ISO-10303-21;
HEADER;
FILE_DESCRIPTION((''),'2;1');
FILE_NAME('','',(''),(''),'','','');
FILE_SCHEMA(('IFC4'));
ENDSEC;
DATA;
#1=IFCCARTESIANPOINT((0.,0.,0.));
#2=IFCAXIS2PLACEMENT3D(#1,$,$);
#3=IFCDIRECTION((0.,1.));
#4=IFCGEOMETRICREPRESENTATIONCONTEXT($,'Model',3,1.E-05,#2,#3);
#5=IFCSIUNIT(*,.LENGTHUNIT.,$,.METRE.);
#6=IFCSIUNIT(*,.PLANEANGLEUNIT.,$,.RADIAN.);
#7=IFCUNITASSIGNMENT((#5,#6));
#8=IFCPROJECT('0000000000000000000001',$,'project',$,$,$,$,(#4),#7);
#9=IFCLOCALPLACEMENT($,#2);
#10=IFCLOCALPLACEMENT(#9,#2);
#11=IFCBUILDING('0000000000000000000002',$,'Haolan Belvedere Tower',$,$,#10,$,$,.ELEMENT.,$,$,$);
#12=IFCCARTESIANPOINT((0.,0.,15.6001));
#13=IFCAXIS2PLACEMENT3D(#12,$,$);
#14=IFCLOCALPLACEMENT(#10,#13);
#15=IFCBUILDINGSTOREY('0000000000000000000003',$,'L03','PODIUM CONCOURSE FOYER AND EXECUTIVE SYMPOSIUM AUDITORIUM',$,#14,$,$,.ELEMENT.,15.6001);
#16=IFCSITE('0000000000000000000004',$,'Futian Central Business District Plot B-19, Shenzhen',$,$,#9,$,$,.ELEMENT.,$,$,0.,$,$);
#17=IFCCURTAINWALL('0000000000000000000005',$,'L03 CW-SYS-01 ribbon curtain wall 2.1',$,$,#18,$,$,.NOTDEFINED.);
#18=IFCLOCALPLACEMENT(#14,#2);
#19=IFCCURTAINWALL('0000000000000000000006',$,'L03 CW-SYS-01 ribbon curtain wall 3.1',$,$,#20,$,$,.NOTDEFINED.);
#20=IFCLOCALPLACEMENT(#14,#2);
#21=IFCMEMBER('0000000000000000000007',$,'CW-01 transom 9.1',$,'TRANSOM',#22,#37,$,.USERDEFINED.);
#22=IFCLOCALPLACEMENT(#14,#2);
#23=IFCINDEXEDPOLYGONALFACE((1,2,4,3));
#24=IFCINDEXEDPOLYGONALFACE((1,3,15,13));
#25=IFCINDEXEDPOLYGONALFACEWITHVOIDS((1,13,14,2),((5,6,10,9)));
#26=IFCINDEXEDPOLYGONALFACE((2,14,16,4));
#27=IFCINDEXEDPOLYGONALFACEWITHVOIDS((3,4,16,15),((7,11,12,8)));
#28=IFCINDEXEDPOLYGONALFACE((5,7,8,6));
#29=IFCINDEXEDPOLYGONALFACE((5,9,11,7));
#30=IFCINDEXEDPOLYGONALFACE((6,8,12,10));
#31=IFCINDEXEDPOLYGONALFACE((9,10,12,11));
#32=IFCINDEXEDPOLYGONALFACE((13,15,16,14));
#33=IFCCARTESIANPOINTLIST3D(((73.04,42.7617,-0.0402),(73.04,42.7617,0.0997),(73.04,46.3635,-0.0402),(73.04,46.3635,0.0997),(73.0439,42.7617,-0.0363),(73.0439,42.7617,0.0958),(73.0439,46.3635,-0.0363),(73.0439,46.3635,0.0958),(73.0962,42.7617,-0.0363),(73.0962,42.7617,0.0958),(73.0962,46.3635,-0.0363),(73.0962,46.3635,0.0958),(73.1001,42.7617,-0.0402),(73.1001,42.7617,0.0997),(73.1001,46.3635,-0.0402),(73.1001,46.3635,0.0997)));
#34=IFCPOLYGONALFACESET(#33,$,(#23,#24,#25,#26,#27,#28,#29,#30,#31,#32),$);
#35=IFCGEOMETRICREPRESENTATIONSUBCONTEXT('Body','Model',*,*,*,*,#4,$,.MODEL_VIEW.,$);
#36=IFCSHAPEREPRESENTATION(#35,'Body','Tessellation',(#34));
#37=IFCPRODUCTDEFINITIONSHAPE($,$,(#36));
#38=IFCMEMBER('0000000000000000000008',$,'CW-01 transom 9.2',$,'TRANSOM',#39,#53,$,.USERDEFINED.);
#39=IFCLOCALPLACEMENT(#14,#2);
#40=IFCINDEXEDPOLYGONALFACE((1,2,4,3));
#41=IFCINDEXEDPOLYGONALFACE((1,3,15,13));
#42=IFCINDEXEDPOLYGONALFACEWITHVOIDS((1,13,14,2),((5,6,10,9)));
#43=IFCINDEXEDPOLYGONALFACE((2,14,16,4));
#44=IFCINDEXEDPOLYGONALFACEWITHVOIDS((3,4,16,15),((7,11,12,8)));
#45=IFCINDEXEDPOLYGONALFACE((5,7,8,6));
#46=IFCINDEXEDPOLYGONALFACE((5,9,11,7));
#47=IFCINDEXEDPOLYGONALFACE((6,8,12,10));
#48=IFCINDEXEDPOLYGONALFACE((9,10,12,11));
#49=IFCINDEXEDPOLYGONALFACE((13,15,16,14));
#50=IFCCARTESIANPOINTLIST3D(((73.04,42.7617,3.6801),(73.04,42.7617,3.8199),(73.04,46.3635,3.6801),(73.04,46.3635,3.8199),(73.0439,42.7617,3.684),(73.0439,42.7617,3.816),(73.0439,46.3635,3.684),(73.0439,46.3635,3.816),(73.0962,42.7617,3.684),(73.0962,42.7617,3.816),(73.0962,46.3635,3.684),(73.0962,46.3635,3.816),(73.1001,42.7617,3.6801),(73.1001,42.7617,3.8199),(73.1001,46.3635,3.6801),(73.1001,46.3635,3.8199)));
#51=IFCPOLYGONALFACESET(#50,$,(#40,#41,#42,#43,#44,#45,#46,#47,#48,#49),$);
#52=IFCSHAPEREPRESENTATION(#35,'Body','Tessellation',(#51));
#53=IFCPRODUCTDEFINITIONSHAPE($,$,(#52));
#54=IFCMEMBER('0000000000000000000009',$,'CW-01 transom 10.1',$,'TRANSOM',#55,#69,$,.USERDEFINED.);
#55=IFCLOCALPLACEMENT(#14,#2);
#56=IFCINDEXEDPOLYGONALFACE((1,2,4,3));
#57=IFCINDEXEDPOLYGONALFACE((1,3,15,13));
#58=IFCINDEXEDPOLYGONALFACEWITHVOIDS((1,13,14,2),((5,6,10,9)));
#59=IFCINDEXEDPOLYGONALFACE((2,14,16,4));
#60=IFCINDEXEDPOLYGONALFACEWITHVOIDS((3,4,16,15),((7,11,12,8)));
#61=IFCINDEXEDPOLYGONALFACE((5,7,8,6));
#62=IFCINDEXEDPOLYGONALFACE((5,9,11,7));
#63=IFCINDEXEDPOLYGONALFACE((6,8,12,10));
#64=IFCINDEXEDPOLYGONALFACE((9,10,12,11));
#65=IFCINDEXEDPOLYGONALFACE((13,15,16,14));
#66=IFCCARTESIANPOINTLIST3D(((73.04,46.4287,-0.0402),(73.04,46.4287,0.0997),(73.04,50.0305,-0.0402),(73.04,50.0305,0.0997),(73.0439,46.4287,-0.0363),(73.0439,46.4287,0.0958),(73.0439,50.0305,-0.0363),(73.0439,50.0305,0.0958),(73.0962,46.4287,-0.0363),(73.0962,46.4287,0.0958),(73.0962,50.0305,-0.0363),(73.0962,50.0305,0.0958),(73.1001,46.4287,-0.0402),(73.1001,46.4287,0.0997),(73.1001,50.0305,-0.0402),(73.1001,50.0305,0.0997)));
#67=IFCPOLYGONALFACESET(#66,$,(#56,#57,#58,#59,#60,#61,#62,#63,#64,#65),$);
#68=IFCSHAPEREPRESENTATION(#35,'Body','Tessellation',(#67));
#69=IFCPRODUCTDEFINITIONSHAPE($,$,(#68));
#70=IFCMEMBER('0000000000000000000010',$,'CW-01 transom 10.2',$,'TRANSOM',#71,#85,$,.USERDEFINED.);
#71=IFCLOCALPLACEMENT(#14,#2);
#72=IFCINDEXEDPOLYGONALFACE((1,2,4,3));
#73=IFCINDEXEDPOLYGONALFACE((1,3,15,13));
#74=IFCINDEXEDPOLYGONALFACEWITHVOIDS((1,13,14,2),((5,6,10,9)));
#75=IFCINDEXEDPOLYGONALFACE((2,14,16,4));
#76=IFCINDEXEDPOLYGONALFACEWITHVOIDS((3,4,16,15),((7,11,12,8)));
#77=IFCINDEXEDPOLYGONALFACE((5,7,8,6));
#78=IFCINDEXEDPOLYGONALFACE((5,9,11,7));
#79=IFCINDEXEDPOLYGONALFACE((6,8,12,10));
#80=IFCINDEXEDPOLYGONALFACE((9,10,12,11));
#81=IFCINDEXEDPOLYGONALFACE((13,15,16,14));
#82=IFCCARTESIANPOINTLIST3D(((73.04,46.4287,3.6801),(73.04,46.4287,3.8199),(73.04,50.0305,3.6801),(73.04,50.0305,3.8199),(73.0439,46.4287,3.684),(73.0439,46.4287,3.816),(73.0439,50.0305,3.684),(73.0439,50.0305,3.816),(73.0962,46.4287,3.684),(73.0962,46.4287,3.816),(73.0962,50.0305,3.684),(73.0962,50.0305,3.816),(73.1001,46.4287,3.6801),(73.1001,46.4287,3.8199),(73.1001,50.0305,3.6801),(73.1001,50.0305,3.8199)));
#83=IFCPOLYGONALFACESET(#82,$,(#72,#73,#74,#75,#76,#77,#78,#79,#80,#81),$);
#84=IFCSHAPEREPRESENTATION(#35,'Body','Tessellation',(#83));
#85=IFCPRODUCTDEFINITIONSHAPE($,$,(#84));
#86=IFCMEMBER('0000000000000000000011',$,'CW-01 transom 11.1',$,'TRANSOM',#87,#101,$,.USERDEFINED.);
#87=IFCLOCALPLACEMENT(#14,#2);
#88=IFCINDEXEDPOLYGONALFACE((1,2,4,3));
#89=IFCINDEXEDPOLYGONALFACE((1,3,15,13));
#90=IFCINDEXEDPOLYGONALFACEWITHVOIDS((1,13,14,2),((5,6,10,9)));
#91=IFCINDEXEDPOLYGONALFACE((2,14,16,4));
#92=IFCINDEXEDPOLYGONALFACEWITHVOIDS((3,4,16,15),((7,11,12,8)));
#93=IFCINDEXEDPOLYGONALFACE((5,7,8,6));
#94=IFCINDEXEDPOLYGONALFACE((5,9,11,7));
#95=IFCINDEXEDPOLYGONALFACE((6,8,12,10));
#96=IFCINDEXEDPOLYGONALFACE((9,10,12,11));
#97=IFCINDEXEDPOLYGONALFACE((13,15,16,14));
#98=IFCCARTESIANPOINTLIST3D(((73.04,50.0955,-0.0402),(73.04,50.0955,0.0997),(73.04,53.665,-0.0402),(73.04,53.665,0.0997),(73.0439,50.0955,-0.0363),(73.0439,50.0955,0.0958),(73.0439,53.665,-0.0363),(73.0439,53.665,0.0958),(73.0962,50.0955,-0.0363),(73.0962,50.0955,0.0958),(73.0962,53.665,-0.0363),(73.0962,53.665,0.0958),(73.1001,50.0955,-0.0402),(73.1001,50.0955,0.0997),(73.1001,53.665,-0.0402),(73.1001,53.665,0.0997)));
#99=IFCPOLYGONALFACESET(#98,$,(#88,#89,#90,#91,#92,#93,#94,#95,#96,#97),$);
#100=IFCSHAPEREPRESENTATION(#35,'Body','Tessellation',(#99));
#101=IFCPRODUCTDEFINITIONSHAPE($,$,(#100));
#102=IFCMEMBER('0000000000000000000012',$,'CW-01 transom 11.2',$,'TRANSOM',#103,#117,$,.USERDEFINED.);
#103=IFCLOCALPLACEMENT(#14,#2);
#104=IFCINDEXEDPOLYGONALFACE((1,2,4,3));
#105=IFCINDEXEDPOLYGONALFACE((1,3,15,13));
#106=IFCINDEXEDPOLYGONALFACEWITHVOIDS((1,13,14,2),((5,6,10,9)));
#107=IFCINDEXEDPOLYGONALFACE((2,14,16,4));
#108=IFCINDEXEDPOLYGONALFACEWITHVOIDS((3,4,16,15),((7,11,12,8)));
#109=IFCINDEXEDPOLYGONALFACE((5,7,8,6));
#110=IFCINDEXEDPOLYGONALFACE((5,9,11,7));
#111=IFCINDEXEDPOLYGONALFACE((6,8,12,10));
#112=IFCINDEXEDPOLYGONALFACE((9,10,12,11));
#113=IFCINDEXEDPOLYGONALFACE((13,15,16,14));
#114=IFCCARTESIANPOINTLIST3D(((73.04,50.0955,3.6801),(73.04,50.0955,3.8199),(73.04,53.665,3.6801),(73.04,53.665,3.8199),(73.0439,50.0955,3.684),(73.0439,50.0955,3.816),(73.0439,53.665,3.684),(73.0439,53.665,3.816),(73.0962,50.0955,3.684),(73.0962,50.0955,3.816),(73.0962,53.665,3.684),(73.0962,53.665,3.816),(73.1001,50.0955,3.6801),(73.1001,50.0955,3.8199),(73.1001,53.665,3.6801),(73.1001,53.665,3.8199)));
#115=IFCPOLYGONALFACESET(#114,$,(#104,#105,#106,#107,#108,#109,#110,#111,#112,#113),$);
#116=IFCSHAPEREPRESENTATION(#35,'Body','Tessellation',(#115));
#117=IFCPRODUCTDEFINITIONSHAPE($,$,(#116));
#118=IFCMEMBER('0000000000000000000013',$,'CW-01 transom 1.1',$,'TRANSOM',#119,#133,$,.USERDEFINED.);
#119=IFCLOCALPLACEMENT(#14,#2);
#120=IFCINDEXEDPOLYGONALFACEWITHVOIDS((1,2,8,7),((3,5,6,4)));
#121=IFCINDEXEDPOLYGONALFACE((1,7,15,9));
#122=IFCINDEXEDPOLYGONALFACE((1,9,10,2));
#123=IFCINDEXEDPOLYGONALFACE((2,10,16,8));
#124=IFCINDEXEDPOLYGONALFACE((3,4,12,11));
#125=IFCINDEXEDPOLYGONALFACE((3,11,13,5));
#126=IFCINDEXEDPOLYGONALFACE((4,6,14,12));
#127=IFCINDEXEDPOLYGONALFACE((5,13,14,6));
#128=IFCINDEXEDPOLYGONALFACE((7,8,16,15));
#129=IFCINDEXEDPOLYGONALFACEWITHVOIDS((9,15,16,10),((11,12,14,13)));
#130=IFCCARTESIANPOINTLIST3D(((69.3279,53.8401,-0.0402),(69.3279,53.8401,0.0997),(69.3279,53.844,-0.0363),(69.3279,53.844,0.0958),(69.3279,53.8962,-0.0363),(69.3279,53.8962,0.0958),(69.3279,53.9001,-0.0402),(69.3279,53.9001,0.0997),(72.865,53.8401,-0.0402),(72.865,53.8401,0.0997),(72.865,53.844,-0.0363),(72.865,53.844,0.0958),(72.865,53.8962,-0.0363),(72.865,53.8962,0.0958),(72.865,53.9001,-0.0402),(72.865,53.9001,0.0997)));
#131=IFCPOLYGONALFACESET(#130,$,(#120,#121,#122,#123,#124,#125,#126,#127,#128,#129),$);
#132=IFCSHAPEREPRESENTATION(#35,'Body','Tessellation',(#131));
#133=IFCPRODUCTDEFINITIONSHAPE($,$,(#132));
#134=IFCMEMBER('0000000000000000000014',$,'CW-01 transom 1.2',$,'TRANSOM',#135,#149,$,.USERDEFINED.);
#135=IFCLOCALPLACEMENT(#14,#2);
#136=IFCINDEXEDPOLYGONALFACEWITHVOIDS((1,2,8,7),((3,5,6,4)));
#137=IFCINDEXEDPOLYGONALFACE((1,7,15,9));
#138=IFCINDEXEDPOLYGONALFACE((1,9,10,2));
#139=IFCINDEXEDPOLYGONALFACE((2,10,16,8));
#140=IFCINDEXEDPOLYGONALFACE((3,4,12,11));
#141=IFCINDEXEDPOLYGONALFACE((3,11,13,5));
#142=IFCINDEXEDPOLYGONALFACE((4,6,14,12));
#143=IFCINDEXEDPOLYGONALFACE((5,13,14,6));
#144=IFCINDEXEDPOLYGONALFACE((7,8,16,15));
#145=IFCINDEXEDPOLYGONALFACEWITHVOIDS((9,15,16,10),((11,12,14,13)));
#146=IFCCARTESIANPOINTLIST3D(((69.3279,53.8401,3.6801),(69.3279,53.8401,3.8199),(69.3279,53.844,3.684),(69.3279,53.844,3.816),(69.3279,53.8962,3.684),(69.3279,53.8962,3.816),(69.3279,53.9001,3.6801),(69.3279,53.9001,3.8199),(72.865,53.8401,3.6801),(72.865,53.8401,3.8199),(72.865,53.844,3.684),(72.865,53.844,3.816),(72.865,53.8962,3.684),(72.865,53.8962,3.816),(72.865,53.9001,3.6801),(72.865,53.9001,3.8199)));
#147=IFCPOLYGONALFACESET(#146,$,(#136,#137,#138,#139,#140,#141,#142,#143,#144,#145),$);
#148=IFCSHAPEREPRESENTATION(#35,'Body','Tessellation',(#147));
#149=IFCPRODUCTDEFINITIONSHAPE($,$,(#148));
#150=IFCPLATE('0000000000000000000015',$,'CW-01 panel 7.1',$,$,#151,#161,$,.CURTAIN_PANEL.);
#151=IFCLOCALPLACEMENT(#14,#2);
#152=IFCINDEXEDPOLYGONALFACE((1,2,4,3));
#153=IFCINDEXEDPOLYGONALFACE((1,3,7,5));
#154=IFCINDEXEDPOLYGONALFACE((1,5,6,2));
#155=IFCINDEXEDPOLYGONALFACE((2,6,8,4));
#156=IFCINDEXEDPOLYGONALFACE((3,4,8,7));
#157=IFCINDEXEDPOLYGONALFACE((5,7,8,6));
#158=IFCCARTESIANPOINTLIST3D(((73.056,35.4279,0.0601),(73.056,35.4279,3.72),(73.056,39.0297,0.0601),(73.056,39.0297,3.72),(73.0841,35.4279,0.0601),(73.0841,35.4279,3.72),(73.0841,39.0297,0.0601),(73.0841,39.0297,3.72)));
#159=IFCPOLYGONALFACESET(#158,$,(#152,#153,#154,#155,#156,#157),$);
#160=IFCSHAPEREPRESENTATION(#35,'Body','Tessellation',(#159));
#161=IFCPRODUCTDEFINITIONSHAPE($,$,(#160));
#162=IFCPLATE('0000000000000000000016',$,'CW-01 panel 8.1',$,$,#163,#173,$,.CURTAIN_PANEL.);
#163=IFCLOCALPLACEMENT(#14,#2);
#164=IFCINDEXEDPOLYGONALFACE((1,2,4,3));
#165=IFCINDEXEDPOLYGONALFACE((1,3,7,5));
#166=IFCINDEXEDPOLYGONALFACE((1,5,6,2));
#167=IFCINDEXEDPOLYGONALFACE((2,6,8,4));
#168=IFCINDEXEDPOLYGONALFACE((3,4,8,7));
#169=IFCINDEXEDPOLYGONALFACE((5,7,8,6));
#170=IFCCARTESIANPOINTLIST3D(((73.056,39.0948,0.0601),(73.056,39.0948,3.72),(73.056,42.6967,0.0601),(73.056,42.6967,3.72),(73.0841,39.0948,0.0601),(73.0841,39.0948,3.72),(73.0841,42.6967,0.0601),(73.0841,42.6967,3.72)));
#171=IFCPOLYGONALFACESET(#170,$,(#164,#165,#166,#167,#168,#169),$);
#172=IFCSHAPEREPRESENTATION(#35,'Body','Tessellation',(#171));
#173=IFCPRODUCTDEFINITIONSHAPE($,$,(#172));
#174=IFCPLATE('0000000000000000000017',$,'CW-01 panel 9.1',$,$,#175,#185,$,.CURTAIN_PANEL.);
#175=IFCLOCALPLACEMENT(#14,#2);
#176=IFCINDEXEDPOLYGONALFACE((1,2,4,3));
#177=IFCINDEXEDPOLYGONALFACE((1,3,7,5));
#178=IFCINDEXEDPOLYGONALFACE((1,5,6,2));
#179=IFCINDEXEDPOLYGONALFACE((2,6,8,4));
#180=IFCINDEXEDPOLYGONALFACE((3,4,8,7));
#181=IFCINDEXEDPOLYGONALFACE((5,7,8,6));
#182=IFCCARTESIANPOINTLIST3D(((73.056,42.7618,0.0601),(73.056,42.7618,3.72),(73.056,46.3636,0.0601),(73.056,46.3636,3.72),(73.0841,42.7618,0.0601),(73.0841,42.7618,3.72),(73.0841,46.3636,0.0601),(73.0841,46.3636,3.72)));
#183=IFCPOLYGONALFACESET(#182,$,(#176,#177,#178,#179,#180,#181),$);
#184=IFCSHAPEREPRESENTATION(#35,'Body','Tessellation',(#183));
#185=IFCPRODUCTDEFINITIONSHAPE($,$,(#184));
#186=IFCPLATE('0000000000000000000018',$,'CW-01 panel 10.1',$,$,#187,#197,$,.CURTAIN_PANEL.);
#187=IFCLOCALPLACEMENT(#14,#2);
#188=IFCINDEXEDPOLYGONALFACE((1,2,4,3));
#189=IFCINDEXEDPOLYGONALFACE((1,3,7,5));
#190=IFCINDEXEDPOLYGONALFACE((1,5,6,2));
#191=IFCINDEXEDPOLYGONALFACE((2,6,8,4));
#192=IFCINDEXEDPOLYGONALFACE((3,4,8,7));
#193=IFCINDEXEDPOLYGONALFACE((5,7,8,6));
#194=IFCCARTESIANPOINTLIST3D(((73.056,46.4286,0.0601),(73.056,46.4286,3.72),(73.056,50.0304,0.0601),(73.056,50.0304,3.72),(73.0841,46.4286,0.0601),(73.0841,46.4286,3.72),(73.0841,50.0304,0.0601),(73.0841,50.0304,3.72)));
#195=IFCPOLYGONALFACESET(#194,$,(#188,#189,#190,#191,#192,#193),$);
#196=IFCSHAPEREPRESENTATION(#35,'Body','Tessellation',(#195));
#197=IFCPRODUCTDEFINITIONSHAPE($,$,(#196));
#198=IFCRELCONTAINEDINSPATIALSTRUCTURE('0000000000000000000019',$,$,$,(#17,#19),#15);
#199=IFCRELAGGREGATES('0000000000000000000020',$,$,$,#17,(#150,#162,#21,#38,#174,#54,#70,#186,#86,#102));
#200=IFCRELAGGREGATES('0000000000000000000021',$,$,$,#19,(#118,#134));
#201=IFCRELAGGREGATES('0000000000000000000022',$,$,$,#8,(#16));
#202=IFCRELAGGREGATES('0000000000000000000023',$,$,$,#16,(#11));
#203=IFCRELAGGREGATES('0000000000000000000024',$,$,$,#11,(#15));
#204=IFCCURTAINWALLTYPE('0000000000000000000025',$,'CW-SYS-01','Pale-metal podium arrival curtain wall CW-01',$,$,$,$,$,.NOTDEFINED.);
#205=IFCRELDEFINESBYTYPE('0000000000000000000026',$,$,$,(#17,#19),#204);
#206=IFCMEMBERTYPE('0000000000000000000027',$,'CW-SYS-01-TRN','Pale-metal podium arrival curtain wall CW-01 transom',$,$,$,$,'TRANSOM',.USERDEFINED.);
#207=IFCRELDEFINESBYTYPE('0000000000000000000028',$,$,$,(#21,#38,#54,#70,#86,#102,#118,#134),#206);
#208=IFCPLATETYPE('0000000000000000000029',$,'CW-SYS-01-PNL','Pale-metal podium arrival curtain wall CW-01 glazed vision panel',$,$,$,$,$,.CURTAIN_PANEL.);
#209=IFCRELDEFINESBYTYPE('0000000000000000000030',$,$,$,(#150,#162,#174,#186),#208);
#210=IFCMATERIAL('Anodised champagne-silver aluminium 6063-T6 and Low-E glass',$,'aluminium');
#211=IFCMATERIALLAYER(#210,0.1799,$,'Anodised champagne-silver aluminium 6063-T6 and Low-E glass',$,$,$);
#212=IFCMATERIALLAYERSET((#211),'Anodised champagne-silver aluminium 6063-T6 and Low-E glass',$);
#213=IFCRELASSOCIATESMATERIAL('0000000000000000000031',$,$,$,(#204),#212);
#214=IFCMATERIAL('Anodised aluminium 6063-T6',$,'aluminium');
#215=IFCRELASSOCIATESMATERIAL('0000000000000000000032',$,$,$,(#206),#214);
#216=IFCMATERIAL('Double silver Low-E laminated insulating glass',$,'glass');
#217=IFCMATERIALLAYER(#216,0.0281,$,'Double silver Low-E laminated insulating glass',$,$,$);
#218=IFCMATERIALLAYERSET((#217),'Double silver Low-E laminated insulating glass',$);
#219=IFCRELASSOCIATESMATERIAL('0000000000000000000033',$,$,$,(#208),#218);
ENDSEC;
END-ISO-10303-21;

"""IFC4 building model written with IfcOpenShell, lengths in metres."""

from ifc_helpers import new_model, si_unit, direction, frame, origin, origin_2d, place, context, subcontext, project, spatial, rectangle, hollow_rectangle, extrude, material, layer, layer_set, material_profile, profile_set, type_object, element, aggregate, save


model = new_model("IFC4")

# Units and contexts
model_context = context("Model", 3, precision=1e-05, world=origin(), true_north=direction((0.0, 1.0)))
body_context = subcontext(model_context, "Body", "Model", "MODEL_VIEW")
ifc_project = project(units=[si_unit("LENGTHUNIT", "METRE"), si_unit("PLANEANGLEUNIT", "RADIAN")], contexts=[model_context])

# Site, building, storey
site_placement = place(None, origin())
site = spatial("IfcSite", under=ifc_project, at=site_placement, Name="Futian Central Business District Plot B-19, Shenzhen", CompositionType="ELEMENT", RefElevation=0.0)
building_placement = place(site_placement, origin())
building = spatial("IfcBuilding", under=site, at=building_placement, Name="Haolan Belvedere Tower", CompositionType="ELEMENT")
storey_placement = place(building_placement, frame((0.0, 0.0, 15.6001)))
storey = spatial("IfcBuildingStorey", under=building, at=storey_placement, Name="L03", Description="PODIUM CONCOURSE FOYER AND EXECUTIVE SYMPOSIUM AUDITORIUM", CompositionType="ELEMENT", Elevation=15.6001)

# Curtain wall
ifc_material_1 = material(Name="Anodised champagne-silver aluminium 6063-T6 and Low-E glass", Category="aluminium")
ifc_layer_1 = layer(ifc_material_1, 0.1799, Name="Anodised champagne-silver aluminium 6063-T6 and Low-E glass")
ifc_layer_set_1 = layer_set([ifc_layer_1], Name="Anodised champagne-silver aluminium 6063-T6 and Low-E glass")
curtain_wall_type = type_object("IfcCurtainWallType", Name="CW-SYS-01", Description="Pale-metal podium arrival curtain wall CW-01", PredefinedType="NOTDEFINED", material=ifc_layer_set_1)
curtain_wall_1_placement = place(storey_placement, origin())
curtain_wall_1 = element("IfcCurtainWall", 1, at=curtain_wall_1_placement, inside=storey, type_object=curtain_wall_type, Name="L03 CW-SYS-01 ribbon curtain wall 2.1", PredefinedType="NOTDEFINED")
ifc_material_2 = material(Name="Anodised aluminium 6063-T6", Category="aluminium")

# Curtain wall
curtain_wall_2_placement = place(storey_placement, origin())
curtain_wall_2 = element("IfcCurtainWall", 2, at=curtain_wall_2_placement, inside=storey, type_object=curtain_wall_type, Name="L03 CW-SYS-01 ribbon curtain wall 3.1", PredefinedType="NOTDEFINED")

# Members
ifc_material_profile_1 = material_profile(ifc_material_2, hollow_rectangle(XDim=0.0601, YDim=0.1399, WallThickness=0.0039, at=origin_2d()), Name="Anodised aluminium 6063-T6")
ifc_profile_set_1 = profile_set([ifc_material_profile_1], Name="Anodised aluminium 6063-T6")
member_type_1 = type_object("IfcMemberType", Name="CW-SYS-01-TRN", Description="Pale-metal podium arrival curtain wall CW-01 transom", ElementType="TRANSOM", PredefinedType="USERDEFINED", material=ifc_profile_set_1)
member_1_placement = place(storey_placement, frame((73.0701, 42.7617, 0.0298), z_axis=(0.0, 1.0, 0.0), x_axis=(-1.0, 0.0, 0.0)))
member_1 = element("IfcMember", 3, at=member_1_placement, type_object=member_type_1, Name="CW-01 transom 9.1", ObjectType="TRANSOM", PredefinedType="USERDEFINED", context=body_context, shape_type="SweptSolid", body=[
    extrude(hollow_rectangle(XDim=0.0601, YDim=0.1399, WallThickness=0.0039, at=origin_2d()), origin(), (0.0, 0.0, 1.0), 3.6018),
])
member_2_placement = place(storey_placement, frame((73.0701, 42.7617, 3.75), z_axis=(0.0, 1.0, 0.0), x_axis=(-1.0, 0.0, 0.0)))
member_2 = element("IfcMember", 4, at=member_2_placement, type_object=member_type_1, Name="CW-01 transom 9.2", ObjectType="TRANSOM", PredefinedType="USERDEFINED", context=body_context, shape_type="SweptSolid", body=[
    extrude(hollow_rectangle(XDim=0.0601, YDim=0.1399, WallThickness=0.0039, at=origin_2d()), origin(), (0.0, 0.0, 1.0), 3.6018),
])
member_3_placement = place(storey_placement, frame((73.0701, 46.4287, 0.0298), z_axis=(0.0, 1.0, 0.0), x_axis=(-1.0, 0.0, 0.0)))
member_3 = element("IfcMember", 5, at=member_3_placement, type_object=member_type_1, Name="CW-01 transom 10.1", ObjectType="TRANSOM", PredefinedType="USERDEFINED", context=body_context, shape_type="SweptSolid", body=[
    extrude(hollow_rectangle(XDim=0.0601, YDim=0.1399, WallThickness=0.0039, at=origin_2d()), origin(), (0.0, 0.0, 1.0), 3.6018),
])
member_4_placement = place(storey_placement, frame((73.0701, 46.4287, 3.75), z_axis=(0.0, 1.0, 0.0), x_axis=(-1.0, 0.0, 0.0)))
member_4 = element("IfcMember", 6, at=member_4_placement, type_object=member_type_1, Name="CW-01 transom 10.2", ObjectType="TRANSOM", PredefinedType="USERDEFINED", context=body_context, shape_type="SweptSolid", body=[
    extrude(hollow_rectangle(XDim=0.0601, YDim=0.1399, WallThickness=0.0039, at=origin_2d()), origin(), (0.0, 0.0, 1.0), 3.6018),
])
member_5_placement = place(storey_placement, frame((73.0701, 50.0955, 0.0298), z_axis=(0.0, 1.0, 0.0), x_axis=(-1.0, 0.0, 0.0)))
member_5 = element("IfcMember", 7, at=member_5_placement, type_object=member_type_1, Name="CW-01 transom 11.1", ObjectType="TRANSOM", PredefinedType="USERDEFINED", context=body_context, shape_type="SweptSolid", body=[
    extrude(hollow_rectangle(XDim=0.0601, YDim=0.1399, WallThickness=0.0039, at=origin_2d()), origin(), (0.0, 0.0, 1.0), 3.5696),
])
member_6_placement = place(storey_placement, frame((73.0701, 50.0955, 3.75), z_axis=(0.0, 1.0, 0.0), x_axis=(-1.0, 0.0, 0.0)))
member_6 = element("IfcMember", 8, at=member_6_placement, type_object=member_type_1, Name="CW-01 transom 11.2", ObjectType="TRANSOM", PredefinedType="USERDEFINED", context=body_context, shape_type="SweptSolid", body=[
    extrude(hollow_rectangle(XDim=0.0601, YDim=0.1399, WallThickness=0.0039, at=origin_2d()), origin(), (0.0, 0.0, 1.0), 3.5696),
])
member_7_placement = place(storey_placement, frame((72.865, 53.8701, 0.0298), z_axis=(-1.0, 0.0, 0.0), x_axis=(0.0, -1.0, 0.0)))
member_7 = element("IfcMember", 9, at=member_7_placement, type_object=member_type_1, Name="CW-01 transom 1.1", ObjectType="TRANSOM", PredefinedType="USERDEFINED", context=body_context, shape_type="SweptSolid", body=[
    extrude(hollow_rectangle(XDim=0.0601, YDim=0.1399, WallThickness=0.0039, at=origin_2d()), origin(), (0.0, 0.0, 1.0), 3.5371),
])
member_8_placement = place(storey_placement, frame((72.865, 53.8701, 3.75), z_axis=(-1.0, 0.0, 0.0), x_axis=(0.0, -1.0, 0.0)))
member_8 = element("IfcMember", 10, at=member_8_placement, type_object=member_type_1, Name="CW-01 transom 1.2", ObjectType="TRANSOM", PredefinedType="USERDEFINED", context=body_context, shape_type="SweptSolid", body=[
    extrude(hollow_rectangle(XDim=0.0601, YDim=0.1399, WallThickness=0.0039, at=origin_2d()), origin(), (0.0, 0.0, 1.0), 3.5371),
])

# Plates
ifc_material_3 = material(Name="Double silver Low-E laminated insulating glass", Category="glass")
ifc_layer_2 = layer(ifc_material_3, 0.0281, Name="Double silver Low-E laminated insulating glass")
ifc_layer_set_2 = layer_set([ifc_layer_2], Name="Double silver Low-E laminated insulating glass")
plate_type = type_object("IfcPlateType", Name="CW-SYS-01-PNL", Description="Pale-metal podium arrival curtain wall CW-01 glazed vision panel", PredefinedType="CURTAIN_PANEL", material=ifc_layer_set_2)
plate_1_placement = place(storey_placement, frame((73.0701, 37.2288, 0.0601), z_axis=(0.0, 0.0, 1.0), x_axis=(0.0, 1.0, 0.0)))
plate_1 = element("IfcPlate", 11, at=plate_1_placement, type_object=plate_type, Name="CW-01 panel 7.1", PredefinedType="CURTAIN_PANEL", context=body_context, shape_type="SweptSolid", body=[
    extrude(rectangle(XDim=3.6018, YDim=0.0281, at=origin_2d()), origin(), (0.0, 0.0, 1.0), 3.6599),
])
plate_2_placement = place(storey_placement, frame((73.0701, 40.8958, 0.0601), z_axis=(0.0, 0.0, 1.0), x_axis=(0.0, 1.0, 0.0)))
plate_2 = element("IfcPlate", 12, at=plate_2_placement, type_object=plate_type, Name="CW-01 panel 8.1", PredefinedType="CURTAIN_PANEL", context=body_context, shape_type="SweptSolid", body=[
    extrude(rectangle(XDim=3.6018, YDim=0.0281, at=origin_2d()), origin(), (0.0, 0.0, 1.0), 3.6599),
])
plate_3_placement = place(storey_placement, frame((73.0701, 44.5627, 0.0601), z_axis=(0.0, 0.0, 1.0), x_axis=(0.0, 1.0, 0.0)))
plate_3 = element("IfcPlate", 13, at=plate_3_placement, type_object=plate_type, Name="CW-01 panel 9.1", PredefinedType="CURTAIN_PANEL", context=body_context, shape_type="SweptSolid", body=[
    extrude(rectangle(XDim=3.6018, YDim=0.0281, at=origin_2d()), origin(), (0.0, 0.0, 1.0), 3.6599),
])
plate_4_placement = place(storey_placement, frame((73.0701, 48.2295, 0.0601), z_axis=(0.0, 0.0, 1.0), x_axis=(0.0, 1.0, 0.0)))
plate_4 = element("IfcPlate", 14, at=plate_4_placement, type_object=plate_type, Name="CW-01 panel 10.1", PredefinedType="CURTAIN_PANEL", context=body_context, shape_type="SweptSolid", body=[
    extrude(rectangle(XDim=3.6018, YDim=0.0281, at=origin_2d()), origin(), (0.0, 0.0, 1.0), 3.6599),
])
aggregate(curtain_wall_1, [plate_1, plate_2, member_1, member_2, plate_3, member_3, member_4, plate_4, member_5, member_6])
aggregate(curtain_wall_2, [member_7, member_8])

save(model, "model.ifc")
